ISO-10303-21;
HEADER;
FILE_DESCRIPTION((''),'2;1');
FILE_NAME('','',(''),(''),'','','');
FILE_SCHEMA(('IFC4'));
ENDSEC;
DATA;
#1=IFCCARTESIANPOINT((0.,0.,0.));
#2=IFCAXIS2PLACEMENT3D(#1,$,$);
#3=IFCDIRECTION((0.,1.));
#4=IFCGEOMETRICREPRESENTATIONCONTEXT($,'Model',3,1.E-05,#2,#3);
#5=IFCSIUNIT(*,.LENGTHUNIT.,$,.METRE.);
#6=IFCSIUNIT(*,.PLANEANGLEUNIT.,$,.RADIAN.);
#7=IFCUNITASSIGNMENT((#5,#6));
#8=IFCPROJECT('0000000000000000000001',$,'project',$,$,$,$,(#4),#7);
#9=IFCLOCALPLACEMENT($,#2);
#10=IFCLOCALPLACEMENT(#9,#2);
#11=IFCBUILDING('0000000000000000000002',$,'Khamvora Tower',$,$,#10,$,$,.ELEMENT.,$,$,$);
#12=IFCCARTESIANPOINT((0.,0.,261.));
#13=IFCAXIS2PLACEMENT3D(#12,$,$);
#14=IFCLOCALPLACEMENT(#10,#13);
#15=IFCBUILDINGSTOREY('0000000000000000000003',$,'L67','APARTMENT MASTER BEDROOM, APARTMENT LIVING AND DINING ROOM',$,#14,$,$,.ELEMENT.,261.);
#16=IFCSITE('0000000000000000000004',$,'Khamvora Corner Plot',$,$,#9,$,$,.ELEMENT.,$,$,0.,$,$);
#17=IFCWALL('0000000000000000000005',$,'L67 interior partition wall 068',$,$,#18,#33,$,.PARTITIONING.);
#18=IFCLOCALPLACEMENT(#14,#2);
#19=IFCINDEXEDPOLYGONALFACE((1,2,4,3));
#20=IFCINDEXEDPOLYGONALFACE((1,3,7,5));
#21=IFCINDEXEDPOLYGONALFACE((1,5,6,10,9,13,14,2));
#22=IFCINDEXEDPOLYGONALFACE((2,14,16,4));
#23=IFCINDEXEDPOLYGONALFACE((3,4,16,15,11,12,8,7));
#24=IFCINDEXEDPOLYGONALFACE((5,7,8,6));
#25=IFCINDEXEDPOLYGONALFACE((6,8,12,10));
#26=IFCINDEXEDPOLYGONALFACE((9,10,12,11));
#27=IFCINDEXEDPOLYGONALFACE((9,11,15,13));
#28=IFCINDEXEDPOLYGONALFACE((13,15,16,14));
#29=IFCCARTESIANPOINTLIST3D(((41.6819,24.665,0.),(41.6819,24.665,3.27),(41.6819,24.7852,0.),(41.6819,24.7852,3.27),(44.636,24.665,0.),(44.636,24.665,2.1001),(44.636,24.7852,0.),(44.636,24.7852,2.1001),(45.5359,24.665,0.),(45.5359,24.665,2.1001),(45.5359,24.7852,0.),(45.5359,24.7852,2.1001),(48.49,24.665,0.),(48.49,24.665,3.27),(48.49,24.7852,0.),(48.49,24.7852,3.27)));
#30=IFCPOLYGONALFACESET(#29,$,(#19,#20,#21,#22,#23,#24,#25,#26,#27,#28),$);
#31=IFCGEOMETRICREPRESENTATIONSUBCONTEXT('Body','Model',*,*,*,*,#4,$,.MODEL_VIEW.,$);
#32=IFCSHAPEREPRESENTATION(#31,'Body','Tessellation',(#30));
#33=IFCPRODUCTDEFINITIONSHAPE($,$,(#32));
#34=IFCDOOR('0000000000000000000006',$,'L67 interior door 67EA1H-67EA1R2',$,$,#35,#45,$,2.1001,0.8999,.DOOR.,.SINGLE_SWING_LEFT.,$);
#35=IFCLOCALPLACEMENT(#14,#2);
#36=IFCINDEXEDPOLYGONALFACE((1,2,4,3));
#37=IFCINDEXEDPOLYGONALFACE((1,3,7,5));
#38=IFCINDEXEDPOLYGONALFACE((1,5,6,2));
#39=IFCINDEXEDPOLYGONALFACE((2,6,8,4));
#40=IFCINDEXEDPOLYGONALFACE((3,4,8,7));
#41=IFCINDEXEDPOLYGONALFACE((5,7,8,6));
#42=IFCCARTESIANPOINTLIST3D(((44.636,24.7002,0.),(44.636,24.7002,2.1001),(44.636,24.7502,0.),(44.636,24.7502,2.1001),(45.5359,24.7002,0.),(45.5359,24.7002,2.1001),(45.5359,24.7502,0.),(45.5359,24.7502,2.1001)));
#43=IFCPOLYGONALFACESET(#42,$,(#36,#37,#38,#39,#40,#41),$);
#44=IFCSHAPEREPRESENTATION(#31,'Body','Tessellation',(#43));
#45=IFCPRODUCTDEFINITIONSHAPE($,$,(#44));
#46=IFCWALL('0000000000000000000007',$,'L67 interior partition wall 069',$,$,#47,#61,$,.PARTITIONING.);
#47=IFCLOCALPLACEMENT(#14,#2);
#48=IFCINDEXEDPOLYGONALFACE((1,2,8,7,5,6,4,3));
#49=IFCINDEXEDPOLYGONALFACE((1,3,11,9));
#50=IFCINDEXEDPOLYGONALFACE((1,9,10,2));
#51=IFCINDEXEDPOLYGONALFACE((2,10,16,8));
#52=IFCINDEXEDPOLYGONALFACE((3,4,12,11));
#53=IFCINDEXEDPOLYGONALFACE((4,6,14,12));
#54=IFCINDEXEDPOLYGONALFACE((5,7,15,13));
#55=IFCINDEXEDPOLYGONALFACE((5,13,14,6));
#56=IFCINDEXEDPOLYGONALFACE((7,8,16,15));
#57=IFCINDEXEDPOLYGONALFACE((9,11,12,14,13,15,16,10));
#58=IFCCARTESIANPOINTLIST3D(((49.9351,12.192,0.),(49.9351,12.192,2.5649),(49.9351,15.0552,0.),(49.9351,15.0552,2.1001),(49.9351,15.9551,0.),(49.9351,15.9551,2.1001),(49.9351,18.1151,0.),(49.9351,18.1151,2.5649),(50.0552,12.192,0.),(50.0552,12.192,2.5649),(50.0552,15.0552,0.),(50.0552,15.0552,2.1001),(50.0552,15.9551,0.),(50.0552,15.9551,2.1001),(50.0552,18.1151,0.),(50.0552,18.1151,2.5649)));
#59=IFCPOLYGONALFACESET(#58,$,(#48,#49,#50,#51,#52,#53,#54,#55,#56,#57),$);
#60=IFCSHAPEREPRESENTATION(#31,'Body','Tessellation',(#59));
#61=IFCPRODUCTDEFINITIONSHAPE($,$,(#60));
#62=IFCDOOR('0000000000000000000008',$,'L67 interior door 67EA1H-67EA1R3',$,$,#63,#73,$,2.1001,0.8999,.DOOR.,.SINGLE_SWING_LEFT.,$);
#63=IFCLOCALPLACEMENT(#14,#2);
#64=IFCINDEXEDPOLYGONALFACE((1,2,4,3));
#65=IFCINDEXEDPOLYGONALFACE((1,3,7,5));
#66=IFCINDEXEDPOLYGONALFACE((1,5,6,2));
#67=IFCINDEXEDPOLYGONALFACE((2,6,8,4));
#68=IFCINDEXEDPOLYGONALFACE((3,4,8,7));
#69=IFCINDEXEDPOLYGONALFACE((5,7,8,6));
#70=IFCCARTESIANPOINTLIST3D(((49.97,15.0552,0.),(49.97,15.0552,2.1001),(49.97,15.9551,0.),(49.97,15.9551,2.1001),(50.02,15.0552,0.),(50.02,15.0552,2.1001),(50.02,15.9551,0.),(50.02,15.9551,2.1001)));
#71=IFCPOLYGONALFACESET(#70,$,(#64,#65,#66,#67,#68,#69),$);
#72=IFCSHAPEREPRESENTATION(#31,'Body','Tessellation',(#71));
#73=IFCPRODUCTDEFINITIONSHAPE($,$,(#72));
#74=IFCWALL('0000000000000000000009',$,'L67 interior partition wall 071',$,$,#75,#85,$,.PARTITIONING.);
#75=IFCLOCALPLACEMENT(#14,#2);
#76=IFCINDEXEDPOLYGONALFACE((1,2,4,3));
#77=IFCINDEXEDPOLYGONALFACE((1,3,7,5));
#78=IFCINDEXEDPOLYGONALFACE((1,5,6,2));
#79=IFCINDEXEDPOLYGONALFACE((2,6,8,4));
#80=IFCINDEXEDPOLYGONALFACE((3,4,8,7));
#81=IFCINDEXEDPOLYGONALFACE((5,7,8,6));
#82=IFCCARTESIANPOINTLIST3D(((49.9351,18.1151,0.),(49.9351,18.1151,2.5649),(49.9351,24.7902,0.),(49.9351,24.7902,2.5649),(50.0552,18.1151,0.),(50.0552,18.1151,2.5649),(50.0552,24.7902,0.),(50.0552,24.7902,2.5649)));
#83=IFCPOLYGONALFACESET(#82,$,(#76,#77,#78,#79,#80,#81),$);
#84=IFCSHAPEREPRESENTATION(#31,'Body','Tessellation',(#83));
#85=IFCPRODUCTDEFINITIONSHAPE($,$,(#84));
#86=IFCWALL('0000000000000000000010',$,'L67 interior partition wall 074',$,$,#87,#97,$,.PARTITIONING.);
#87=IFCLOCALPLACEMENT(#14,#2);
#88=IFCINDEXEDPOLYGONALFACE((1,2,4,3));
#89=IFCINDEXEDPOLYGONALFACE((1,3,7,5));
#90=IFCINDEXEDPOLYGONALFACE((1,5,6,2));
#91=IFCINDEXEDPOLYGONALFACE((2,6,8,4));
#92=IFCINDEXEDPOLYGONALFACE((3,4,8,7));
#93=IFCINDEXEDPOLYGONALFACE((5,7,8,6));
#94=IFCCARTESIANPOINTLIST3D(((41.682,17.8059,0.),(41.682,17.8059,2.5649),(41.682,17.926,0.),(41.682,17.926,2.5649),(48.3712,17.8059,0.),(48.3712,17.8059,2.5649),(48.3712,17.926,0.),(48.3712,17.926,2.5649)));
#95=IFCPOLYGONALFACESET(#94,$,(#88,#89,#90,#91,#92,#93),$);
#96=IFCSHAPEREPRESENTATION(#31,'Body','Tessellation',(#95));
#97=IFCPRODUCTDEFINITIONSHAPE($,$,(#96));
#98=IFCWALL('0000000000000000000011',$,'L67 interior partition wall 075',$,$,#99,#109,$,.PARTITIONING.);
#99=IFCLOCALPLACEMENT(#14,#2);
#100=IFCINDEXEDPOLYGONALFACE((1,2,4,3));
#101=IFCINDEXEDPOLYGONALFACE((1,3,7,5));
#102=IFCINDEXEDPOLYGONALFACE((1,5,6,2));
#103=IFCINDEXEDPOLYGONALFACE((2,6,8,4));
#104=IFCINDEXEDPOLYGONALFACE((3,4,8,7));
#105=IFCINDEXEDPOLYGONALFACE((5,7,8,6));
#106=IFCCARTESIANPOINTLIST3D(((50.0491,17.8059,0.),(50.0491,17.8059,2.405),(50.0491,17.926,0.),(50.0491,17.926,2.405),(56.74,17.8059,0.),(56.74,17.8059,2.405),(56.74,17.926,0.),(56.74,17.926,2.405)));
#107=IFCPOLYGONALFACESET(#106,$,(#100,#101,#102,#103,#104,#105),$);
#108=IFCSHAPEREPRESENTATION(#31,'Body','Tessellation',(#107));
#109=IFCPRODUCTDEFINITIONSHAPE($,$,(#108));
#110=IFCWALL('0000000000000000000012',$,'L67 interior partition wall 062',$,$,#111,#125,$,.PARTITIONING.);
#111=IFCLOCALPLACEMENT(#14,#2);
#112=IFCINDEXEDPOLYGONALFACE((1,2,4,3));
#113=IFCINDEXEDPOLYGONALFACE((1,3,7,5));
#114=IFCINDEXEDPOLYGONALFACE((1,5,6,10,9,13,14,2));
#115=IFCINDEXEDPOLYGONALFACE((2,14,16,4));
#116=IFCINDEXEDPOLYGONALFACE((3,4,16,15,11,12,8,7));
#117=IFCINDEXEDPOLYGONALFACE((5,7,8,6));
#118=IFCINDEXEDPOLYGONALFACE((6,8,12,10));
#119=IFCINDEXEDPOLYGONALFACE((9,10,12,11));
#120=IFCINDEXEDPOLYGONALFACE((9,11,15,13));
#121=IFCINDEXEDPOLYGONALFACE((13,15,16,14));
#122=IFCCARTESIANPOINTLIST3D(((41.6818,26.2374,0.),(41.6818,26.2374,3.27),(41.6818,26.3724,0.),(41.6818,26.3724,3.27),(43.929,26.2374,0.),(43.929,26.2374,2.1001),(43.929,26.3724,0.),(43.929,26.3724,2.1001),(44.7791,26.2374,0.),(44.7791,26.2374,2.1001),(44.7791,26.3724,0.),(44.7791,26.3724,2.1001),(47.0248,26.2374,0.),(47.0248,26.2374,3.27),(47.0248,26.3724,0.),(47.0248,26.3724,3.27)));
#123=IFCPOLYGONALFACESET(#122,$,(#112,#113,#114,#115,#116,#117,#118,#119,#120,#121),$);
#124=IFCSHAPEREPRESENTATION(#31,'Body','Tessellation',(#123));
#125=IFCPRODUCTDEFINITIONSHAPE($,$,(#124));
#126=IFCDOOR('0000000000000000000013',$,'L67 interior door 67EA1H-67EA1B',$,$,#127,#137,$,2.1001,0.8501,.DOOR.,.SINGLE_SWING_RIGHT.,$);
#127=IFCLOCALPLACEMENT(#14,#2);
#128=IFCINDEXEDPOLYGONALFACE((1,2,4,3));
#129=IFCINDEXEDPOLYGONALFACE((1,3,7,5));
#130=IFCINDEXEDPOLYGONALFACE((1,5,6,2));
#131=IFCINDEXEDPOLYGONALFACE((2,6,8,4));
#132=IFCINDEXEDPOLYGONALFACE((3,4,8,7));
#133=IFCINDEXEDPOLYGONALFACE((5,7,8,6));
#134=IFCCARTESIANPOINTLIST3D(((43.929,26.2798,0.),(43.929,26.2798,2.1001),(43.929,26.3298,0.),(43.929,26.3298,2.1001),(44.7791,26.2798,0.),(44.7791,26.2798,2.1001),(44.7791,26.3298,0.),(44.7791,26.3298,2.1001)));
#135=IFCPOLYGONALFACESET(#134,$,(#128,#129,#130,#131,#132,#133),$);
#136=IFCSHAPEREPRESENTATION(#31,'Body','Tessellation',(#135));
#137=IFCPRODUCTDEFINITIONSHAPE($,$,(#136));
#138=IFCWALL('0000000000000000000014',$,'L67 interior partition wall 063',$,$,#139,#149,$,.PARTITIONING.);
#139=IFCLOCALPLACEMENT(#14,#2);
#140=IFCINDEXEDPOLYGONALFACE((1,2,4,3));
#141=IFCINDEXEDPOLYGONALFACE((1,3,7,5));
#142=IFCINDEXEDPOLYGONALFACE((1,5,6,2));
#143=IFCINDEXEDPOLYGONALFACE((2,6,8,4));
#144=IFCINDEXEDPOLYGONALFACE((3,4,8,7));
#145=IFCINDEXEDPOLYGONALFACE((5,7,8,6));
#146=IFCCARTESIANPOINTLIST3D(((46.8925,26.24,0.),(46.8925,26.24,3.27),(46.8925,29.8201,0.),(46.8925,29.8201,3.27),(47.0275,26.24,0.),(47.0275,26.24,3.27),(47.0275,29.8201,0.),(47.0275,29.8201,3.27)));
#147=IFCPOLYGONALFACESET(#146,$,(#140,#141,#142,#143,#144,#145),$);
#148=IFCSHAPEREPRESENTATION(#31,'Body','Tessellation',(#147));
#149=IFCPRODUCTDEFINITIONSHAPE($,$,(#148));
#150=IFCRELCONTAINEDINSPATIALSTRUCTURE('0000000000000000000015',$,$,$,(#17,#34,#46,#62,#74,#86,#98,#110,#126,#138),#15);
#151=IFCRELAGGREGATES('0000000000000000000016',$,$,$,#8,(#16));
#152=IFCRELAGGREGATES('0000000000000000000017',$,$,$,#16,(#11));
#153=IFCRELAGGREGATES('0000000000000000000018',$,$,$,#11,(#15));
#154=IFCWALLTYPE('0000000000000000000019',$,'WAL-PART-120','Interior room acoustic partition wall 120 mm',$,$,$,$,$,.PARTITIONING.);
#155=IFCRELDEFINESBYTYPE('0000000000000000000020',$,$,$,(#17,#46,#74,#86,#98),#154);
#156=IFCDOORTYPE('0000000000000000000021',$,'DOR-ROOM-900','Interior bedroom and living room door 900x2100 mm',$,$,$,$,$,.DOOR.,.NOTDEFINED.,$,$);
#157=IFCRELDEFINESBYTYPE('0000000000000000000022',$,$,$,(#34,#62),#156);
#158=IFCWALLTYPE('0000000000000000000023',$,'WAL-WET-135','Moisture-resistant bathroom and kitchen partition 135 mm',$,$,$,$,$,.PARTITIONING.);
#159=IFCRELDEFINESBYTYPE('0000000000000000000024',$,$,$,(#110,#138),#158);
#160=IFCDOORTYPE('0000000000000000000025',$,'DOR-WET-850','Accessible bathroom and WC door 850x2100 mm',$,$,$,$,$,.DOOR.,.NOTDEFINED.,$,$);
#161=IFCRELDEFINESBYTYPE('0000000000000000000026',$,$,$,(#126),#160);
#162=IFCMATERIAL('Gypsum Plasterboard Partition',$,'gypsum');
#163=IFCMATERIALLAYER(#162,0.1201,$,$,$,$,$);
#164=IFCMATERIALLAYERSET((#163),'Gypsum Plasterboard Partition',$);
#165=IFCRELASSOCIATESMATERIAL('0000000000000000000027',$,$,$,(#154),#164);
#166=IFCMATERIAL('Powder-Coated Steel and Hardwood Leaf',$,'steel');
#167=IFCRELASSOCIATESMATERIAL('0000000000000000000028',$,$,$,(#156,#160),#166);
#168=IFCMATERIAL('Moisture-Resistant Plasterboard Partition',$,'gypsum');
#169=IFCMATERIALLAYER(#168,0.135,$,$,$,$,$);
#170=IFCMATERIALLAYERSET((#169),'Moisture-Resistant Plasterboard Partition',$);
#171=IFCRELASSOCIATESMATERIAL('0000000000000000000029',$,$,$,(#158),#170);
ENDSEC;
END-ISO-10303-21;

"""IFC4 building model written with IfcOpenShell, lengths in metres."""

from ifc_helpers import new_model, si_unit, direction, frame, frame_2d, origin, place, context, subcontext, project, spatial, rectangle, extrude, material, layer, layer_set, type_object, element, fill, save


model = new_model("IFC4")

# Units and contexts
model_context = context("Model", 3, precision=1e-05, world=origin(), true_north=direction((0.0, 1.0)))
body_context = subcontext(model_context, "Body", "Model", "MODEL_VIEW")
ifc_project = project(units=[si_unit("LENGTHUNIT", "METRE"), si_unit("PLANEANGLEUNIT", "RADIAN")], contexts=[model_context])

# Site, building, storey
site_placement = place(None, origin())
site = spatial("IfcSite", under=ifc_project, at=site_placement, Name="Khamvora Corner Plot", CompositionType="ELEMENT", RefElevation=0.0)
building_placement = place(site_placement, origin())
building = spatial("IfcBuilding", under=site, at=building_placement, Name="Khamvora Tower", CompositionType="ELEMENT")
storey_placement = place(building_placement, frame((0.0, 0.0, 261.0)))
storey = spatial("IfcBuildingStorey", under=building, at=storey_placement, Name="L67", Description="APARTMENT MASTER BEDROOM, APARTMENT LIVING AND DINING ROOM", CompositionType="ELEMENT", Elevation=261.0)

# Shared definitions
ifc_material_1 = material(Name="Gypsum Plasterboard Partition", Category="gypsum")
ifc_layer_1 = layer(ifc_material_1, 0.1201)
ifc_layer_set_1 = layer_set([ifc_layer_1], Name="Gypsum Plasterboard Partition")
wall_type_1 = type_object("IfcWallType", Name="WAL-PART-120", Description="Interior room acoustic partition wall 120 mm", PredefinedType="PARTITIONING", material=ifc_layer_set_1)
ifc_material_2 = material(Name="Powder-Coated Steel and Hardwood Leaf", Category="steel")
door_type_1 = type_object("IfcDoorType", Name="DOR-ROOM-900", Description="Interior bedroom and living room door 900x2100 mm", OperationType="NOTDEFINED", PredefinedType="DOOR", material=ifc_material_2)

# Walls, openings, doors
wall_1_placement = place(storey_placement, frame((48.49, 24.7251, 0.0), z_axis=(0.0, 0.0, 1.0), x_axis=(-1.0, 0.0, 0.0)))
wall_1 = element("IfcWall", 1, at=wall_1_placement, inside=storey, type_object=wall_type_1, Name="L67 interior partition wall 068", PredefinedType="PARTITIONING", context=body_context, shape_type="SweptSolid", body=[
    extrude(rectangle(XDim=6.8081, YDim=0.1201, at=frame_2d((3.4041, 0.0))), origin(), (0.0, 0.0, 1.0), 3.27),
])
opening_1_placement = place(wall_1_placement, frame((2.9541, 0.0, 0.0)))
opening_1 = element("IfcOpeningElement", 2, at=opening_1_placement, cuts=wall_1, PredefinedType="OPENING", context=body_context, shape_type="SweptSolid", body=[
    extrude(rectangle(XDim=0.8999, YDim=2.1001, at=frame_2d((0.45, 1.05))), frame((0.0, 0.0701, 0.0), z_axis=(0.0, -1.0, 0.0), x_axis=(1.0, 0.0, 0.0)), (0.0, 0.0, 1.0), 0.1401),
])
door_1_placement = place(opening_1_placement, origin())
door_1 = element("IfcDoor", 3, at=door_1_placement, inside=storey, type_object=door_type_1, Name="L67 interior door 67EA1H-67EA1R2", OperationType="SINGLE_SWING_LEFT", OverallHeight=2.1001, OverallWidth=0.8999, PredefinedType="DOOR", context=body_context, shape_type="SweptSolid", body=[
    extrude(rectangle(XDim=0.8999, YDim=2.1001, at=frame_2d((0.45, 1.05))), frame((0.0, 0.0249, 0.0), z_axis=(0.0, -1.0, 0.0), x_axis=(1.0, 0.0, 0.0)), (0.0, 0.0, 1.0), 0.05),
])
fill(opening_1, door_1)
wall_2_placement = place(storey_placement, frame((49.9951, 18.115, 0.0), z_axis=(0.0, 0.0, 1.0), x_axis=(0.0, -1.0, 0.0)))
wall_2 = element("IfcWall", 4, at=wall_2_placement, inside=storey, type_object=wall_type_1, Name="L67 interior partition wall 069", PredefinedType="PARTITIONING", context=body_context, shape_type="SweptSolid", body=[
    extrude(rectangle(XDim=5.9231, YDim=0.1201, at=frame_2d((2.9614, 0.0))), origin(), (0.0, 0.0, 1.0), 2.5649),
])
opening_2_placement = place(wall_2_placement, frame((2.1599, 0.0, 0.0)))
opening_2 = element("IfcOpeningElement", 5, at=opening_2_placement, cuts=wall_2, PredefinedType="OPENING", context=body_context, shape_type="SweptSolid", body=[
    extrude(rectangle(XDim=0.8999, YDim=2.1001, at=frame_2d((0.45, 1.05))), frame((0.0, 0.0701, 0.0), z_axis=(0.0, -1.0, 0.0), x_axis=(1.0, 0.0, 0.0)), (0.0, 0.0, 1.0), 0.1401),
])
door_2_placement = place(opening_2_placement, origin())
door_2 = element("IfcDoor", 6, at=door_2_placement, inside=storey, type_object=door_type_1, Name="L67 interior door 67EA1H-67EA1R3", OperationType="SINGLE_SWING_LEFT", OverallHeight=2.1001, OverallWidth=0.8999, PredefinedType="DOOR", context=body_context, shape_type="SweptSolid", body=[
    extrude(rectangle(XDim=0.8999, YDim=2.1001, at=frame_2d((0.45, 1.05))), frame((0.0, 0.0249, 0.0), z_axis=(0.0, -1.0, 0.0), x_axis=(1.0, 0.0, 0.0)), (0.0, 0.0, 1.0), 0.05),
])
fill(opening_2, door_2)

# Walls
wall_3_placement = place(storey_placement, frame((49.9951, 24.79, 0.0), z_axis=(0.0, 0.0, 1.0), x_axis=(0.0, -1.0, 0.0)))
element("IfcWall", 7, at=wall_3_placement, inside=storey, type_object=wall_type_1, Name="L67 interior partition wall 071", PredefinedType="PARTITIONING", context=body_context, shape_type="SweptSolid", body=[
    extrude(rectangle(XDim=6.675, YDim=0.1201, at=frame_2d((3.3374, 0.0))), origin(), (0.0, 0.0, 1.0), 2.5649),
])
wall_4_placement = place(storey_placement, frame((41.6819, 17.866, 0.0), z_axis=(0.0, 0.0, 1.0), x_axis=(1.0, 0.0, 0.0)))
element("IfcWall", 8, at=wall_4_placement, inside=storey, type_object=wall_type_1, Name="L67 interior partition wall 074", PredefinedType="PARTITIONING", context=body_context, shape_type="SweptSolid", body=[
    extrude(rectangle(XDim=6.6892, YDim=0.1201, at=frame_2d((3.3447, 0.0))), origin(), (0.0, 0.0, 1.0), 2.5649),
])
wall_5_placement = place(storey_placement, frame((50.0491, 17.866, 0.0), z_axis=(0.0, 0.0, 1.0), x_axis=(1.0, 0.0, 0.0)))
element("IfcWall", 9, at=wall_5_placement, inside=storey, type_object=wall_type_1, Name="L67 interior partition wall 075", PredefinedType="PARTITIONING", context=body_context, shape_type="SweptSolid", body=[
    extrude(rectangle(XDim=6.6909, YDim=0.1201, at=frame_2d((3.3455, 0.0))), origin(), (0.0, 0.0, 1.0), 2.405),
])

# Wall, opening, door
ifc_material_3 = material(Name="Moisture-Resistant Plasterboard Partition", Category="gypsum")
ifc_layer_2 = layer(ifc_material_3, 0.135)
ifc_layer_set_2 = layer_set([ifc_layer_2], Name="Moisture-Resistant Plasterboard Partition")
wall_type_2 = type_object("IfcWallType", Name="WAL-WET-135", Description="Moisture-resistant bathroom and kitchen partition 135 mm", PredefinedType="PARTITIONING", material=ifc_layer_set_2)
wall_6_placement = place(storey_placement, frame((41.6819, 26.3049, 0.0), z_axis=(0.0, 0.0, 1.0), x_axis=(1.0, 0.0, 0.0)))
wall_6 = element("IfcWall", 10, at=wall_6_placement, inside=storey, type_object=wall_type_2, Name="L67 interior partition wall 062", PredefinedType="PARTITIONING", context=body_context, shape_type="SweptSolid", body=[
    extrude(rectangle(XDim=5.343, YDim=0.135, at=frame_2d((2.6714, 0.0))), origin(), (0.0, 0.0, 1.0), 3.27),
])
opening_3_placement = place(wall_6_placement, frame((2.2471, 0.0, 0.0)))
opening_3 = element("IfcOpeningElement", 11, at=opening_3_placement, cuts=wall_6, PredefinedType="OPENING", context=body_context, shape_type="SweptSolid", body=[
    extrude(rectangle(XDim=0.8501, YDim=2.1001, at=frame_2d((0.425, 1.05))), frame((0.0, 0.0774, 0.0), z_axis=(0.0, -1.0, 0.0), x_axis=(1.0, 0.0, 0.0)), (0.0, 0.0, 1.0), 0.155),
])
door_type_2 = type_object("IfcDoorType", Name="DOR-WET-850", Description="Accessible bathroom and WC door 850x2100 mm", OperationType="NOTDEFINED", PredefinedType="DOOR", material=ifc_material_2)
door_3_placement = place(opening_3_placement, origin())
door_3 = element("IfcDoor", 12, at=door_3_placement, inside=storey, type_object=door_type_2, Name="L67 interior door 67EA1H-67EA1B", OperationType="SINGLE_SWING_RIGHT", OverallHeight=2.1001, OverallWidth=0.8501, PredefinedType="DOOR", context=body_context, shape_type="SweptSolid", body=[
    extrude(rectangle(XDim=0.8501, YDim=2.1001, at=frame_2d((0.425, 1.05))), frame((0.0, 0.0249, 0.0), z_axis=(0.0, -1.0, 0.0), x_axis=(1.0, 0.0, 0.0)), (0.0, 0.0, 1.0), 0.05),
])
fill(opening_3, door_3)

# Wall
wall_7_placement = place(storey_placement, frame((46.96, 26.24, 0.0), z_axis=(0.0, 0.0, 1.0), x_axis=(0.0, 1.0, 0.0)))
element("IfcWall", 13, at=wall_7_placement, inside=storey, type_object=wall_type_2, Name="L67 interior partition wall 063", PredefinedType="PARTITIONING", context=body_context, shape_type="SweptSolid", body=[
    extrude(rectangle(XDim=3.5801, YDim=0.135, at=frame_2d((1.79, 0.0))), origin(), (0.0, 0.0, 1.0), 3.27),
])

save(model, "model.ifc")
